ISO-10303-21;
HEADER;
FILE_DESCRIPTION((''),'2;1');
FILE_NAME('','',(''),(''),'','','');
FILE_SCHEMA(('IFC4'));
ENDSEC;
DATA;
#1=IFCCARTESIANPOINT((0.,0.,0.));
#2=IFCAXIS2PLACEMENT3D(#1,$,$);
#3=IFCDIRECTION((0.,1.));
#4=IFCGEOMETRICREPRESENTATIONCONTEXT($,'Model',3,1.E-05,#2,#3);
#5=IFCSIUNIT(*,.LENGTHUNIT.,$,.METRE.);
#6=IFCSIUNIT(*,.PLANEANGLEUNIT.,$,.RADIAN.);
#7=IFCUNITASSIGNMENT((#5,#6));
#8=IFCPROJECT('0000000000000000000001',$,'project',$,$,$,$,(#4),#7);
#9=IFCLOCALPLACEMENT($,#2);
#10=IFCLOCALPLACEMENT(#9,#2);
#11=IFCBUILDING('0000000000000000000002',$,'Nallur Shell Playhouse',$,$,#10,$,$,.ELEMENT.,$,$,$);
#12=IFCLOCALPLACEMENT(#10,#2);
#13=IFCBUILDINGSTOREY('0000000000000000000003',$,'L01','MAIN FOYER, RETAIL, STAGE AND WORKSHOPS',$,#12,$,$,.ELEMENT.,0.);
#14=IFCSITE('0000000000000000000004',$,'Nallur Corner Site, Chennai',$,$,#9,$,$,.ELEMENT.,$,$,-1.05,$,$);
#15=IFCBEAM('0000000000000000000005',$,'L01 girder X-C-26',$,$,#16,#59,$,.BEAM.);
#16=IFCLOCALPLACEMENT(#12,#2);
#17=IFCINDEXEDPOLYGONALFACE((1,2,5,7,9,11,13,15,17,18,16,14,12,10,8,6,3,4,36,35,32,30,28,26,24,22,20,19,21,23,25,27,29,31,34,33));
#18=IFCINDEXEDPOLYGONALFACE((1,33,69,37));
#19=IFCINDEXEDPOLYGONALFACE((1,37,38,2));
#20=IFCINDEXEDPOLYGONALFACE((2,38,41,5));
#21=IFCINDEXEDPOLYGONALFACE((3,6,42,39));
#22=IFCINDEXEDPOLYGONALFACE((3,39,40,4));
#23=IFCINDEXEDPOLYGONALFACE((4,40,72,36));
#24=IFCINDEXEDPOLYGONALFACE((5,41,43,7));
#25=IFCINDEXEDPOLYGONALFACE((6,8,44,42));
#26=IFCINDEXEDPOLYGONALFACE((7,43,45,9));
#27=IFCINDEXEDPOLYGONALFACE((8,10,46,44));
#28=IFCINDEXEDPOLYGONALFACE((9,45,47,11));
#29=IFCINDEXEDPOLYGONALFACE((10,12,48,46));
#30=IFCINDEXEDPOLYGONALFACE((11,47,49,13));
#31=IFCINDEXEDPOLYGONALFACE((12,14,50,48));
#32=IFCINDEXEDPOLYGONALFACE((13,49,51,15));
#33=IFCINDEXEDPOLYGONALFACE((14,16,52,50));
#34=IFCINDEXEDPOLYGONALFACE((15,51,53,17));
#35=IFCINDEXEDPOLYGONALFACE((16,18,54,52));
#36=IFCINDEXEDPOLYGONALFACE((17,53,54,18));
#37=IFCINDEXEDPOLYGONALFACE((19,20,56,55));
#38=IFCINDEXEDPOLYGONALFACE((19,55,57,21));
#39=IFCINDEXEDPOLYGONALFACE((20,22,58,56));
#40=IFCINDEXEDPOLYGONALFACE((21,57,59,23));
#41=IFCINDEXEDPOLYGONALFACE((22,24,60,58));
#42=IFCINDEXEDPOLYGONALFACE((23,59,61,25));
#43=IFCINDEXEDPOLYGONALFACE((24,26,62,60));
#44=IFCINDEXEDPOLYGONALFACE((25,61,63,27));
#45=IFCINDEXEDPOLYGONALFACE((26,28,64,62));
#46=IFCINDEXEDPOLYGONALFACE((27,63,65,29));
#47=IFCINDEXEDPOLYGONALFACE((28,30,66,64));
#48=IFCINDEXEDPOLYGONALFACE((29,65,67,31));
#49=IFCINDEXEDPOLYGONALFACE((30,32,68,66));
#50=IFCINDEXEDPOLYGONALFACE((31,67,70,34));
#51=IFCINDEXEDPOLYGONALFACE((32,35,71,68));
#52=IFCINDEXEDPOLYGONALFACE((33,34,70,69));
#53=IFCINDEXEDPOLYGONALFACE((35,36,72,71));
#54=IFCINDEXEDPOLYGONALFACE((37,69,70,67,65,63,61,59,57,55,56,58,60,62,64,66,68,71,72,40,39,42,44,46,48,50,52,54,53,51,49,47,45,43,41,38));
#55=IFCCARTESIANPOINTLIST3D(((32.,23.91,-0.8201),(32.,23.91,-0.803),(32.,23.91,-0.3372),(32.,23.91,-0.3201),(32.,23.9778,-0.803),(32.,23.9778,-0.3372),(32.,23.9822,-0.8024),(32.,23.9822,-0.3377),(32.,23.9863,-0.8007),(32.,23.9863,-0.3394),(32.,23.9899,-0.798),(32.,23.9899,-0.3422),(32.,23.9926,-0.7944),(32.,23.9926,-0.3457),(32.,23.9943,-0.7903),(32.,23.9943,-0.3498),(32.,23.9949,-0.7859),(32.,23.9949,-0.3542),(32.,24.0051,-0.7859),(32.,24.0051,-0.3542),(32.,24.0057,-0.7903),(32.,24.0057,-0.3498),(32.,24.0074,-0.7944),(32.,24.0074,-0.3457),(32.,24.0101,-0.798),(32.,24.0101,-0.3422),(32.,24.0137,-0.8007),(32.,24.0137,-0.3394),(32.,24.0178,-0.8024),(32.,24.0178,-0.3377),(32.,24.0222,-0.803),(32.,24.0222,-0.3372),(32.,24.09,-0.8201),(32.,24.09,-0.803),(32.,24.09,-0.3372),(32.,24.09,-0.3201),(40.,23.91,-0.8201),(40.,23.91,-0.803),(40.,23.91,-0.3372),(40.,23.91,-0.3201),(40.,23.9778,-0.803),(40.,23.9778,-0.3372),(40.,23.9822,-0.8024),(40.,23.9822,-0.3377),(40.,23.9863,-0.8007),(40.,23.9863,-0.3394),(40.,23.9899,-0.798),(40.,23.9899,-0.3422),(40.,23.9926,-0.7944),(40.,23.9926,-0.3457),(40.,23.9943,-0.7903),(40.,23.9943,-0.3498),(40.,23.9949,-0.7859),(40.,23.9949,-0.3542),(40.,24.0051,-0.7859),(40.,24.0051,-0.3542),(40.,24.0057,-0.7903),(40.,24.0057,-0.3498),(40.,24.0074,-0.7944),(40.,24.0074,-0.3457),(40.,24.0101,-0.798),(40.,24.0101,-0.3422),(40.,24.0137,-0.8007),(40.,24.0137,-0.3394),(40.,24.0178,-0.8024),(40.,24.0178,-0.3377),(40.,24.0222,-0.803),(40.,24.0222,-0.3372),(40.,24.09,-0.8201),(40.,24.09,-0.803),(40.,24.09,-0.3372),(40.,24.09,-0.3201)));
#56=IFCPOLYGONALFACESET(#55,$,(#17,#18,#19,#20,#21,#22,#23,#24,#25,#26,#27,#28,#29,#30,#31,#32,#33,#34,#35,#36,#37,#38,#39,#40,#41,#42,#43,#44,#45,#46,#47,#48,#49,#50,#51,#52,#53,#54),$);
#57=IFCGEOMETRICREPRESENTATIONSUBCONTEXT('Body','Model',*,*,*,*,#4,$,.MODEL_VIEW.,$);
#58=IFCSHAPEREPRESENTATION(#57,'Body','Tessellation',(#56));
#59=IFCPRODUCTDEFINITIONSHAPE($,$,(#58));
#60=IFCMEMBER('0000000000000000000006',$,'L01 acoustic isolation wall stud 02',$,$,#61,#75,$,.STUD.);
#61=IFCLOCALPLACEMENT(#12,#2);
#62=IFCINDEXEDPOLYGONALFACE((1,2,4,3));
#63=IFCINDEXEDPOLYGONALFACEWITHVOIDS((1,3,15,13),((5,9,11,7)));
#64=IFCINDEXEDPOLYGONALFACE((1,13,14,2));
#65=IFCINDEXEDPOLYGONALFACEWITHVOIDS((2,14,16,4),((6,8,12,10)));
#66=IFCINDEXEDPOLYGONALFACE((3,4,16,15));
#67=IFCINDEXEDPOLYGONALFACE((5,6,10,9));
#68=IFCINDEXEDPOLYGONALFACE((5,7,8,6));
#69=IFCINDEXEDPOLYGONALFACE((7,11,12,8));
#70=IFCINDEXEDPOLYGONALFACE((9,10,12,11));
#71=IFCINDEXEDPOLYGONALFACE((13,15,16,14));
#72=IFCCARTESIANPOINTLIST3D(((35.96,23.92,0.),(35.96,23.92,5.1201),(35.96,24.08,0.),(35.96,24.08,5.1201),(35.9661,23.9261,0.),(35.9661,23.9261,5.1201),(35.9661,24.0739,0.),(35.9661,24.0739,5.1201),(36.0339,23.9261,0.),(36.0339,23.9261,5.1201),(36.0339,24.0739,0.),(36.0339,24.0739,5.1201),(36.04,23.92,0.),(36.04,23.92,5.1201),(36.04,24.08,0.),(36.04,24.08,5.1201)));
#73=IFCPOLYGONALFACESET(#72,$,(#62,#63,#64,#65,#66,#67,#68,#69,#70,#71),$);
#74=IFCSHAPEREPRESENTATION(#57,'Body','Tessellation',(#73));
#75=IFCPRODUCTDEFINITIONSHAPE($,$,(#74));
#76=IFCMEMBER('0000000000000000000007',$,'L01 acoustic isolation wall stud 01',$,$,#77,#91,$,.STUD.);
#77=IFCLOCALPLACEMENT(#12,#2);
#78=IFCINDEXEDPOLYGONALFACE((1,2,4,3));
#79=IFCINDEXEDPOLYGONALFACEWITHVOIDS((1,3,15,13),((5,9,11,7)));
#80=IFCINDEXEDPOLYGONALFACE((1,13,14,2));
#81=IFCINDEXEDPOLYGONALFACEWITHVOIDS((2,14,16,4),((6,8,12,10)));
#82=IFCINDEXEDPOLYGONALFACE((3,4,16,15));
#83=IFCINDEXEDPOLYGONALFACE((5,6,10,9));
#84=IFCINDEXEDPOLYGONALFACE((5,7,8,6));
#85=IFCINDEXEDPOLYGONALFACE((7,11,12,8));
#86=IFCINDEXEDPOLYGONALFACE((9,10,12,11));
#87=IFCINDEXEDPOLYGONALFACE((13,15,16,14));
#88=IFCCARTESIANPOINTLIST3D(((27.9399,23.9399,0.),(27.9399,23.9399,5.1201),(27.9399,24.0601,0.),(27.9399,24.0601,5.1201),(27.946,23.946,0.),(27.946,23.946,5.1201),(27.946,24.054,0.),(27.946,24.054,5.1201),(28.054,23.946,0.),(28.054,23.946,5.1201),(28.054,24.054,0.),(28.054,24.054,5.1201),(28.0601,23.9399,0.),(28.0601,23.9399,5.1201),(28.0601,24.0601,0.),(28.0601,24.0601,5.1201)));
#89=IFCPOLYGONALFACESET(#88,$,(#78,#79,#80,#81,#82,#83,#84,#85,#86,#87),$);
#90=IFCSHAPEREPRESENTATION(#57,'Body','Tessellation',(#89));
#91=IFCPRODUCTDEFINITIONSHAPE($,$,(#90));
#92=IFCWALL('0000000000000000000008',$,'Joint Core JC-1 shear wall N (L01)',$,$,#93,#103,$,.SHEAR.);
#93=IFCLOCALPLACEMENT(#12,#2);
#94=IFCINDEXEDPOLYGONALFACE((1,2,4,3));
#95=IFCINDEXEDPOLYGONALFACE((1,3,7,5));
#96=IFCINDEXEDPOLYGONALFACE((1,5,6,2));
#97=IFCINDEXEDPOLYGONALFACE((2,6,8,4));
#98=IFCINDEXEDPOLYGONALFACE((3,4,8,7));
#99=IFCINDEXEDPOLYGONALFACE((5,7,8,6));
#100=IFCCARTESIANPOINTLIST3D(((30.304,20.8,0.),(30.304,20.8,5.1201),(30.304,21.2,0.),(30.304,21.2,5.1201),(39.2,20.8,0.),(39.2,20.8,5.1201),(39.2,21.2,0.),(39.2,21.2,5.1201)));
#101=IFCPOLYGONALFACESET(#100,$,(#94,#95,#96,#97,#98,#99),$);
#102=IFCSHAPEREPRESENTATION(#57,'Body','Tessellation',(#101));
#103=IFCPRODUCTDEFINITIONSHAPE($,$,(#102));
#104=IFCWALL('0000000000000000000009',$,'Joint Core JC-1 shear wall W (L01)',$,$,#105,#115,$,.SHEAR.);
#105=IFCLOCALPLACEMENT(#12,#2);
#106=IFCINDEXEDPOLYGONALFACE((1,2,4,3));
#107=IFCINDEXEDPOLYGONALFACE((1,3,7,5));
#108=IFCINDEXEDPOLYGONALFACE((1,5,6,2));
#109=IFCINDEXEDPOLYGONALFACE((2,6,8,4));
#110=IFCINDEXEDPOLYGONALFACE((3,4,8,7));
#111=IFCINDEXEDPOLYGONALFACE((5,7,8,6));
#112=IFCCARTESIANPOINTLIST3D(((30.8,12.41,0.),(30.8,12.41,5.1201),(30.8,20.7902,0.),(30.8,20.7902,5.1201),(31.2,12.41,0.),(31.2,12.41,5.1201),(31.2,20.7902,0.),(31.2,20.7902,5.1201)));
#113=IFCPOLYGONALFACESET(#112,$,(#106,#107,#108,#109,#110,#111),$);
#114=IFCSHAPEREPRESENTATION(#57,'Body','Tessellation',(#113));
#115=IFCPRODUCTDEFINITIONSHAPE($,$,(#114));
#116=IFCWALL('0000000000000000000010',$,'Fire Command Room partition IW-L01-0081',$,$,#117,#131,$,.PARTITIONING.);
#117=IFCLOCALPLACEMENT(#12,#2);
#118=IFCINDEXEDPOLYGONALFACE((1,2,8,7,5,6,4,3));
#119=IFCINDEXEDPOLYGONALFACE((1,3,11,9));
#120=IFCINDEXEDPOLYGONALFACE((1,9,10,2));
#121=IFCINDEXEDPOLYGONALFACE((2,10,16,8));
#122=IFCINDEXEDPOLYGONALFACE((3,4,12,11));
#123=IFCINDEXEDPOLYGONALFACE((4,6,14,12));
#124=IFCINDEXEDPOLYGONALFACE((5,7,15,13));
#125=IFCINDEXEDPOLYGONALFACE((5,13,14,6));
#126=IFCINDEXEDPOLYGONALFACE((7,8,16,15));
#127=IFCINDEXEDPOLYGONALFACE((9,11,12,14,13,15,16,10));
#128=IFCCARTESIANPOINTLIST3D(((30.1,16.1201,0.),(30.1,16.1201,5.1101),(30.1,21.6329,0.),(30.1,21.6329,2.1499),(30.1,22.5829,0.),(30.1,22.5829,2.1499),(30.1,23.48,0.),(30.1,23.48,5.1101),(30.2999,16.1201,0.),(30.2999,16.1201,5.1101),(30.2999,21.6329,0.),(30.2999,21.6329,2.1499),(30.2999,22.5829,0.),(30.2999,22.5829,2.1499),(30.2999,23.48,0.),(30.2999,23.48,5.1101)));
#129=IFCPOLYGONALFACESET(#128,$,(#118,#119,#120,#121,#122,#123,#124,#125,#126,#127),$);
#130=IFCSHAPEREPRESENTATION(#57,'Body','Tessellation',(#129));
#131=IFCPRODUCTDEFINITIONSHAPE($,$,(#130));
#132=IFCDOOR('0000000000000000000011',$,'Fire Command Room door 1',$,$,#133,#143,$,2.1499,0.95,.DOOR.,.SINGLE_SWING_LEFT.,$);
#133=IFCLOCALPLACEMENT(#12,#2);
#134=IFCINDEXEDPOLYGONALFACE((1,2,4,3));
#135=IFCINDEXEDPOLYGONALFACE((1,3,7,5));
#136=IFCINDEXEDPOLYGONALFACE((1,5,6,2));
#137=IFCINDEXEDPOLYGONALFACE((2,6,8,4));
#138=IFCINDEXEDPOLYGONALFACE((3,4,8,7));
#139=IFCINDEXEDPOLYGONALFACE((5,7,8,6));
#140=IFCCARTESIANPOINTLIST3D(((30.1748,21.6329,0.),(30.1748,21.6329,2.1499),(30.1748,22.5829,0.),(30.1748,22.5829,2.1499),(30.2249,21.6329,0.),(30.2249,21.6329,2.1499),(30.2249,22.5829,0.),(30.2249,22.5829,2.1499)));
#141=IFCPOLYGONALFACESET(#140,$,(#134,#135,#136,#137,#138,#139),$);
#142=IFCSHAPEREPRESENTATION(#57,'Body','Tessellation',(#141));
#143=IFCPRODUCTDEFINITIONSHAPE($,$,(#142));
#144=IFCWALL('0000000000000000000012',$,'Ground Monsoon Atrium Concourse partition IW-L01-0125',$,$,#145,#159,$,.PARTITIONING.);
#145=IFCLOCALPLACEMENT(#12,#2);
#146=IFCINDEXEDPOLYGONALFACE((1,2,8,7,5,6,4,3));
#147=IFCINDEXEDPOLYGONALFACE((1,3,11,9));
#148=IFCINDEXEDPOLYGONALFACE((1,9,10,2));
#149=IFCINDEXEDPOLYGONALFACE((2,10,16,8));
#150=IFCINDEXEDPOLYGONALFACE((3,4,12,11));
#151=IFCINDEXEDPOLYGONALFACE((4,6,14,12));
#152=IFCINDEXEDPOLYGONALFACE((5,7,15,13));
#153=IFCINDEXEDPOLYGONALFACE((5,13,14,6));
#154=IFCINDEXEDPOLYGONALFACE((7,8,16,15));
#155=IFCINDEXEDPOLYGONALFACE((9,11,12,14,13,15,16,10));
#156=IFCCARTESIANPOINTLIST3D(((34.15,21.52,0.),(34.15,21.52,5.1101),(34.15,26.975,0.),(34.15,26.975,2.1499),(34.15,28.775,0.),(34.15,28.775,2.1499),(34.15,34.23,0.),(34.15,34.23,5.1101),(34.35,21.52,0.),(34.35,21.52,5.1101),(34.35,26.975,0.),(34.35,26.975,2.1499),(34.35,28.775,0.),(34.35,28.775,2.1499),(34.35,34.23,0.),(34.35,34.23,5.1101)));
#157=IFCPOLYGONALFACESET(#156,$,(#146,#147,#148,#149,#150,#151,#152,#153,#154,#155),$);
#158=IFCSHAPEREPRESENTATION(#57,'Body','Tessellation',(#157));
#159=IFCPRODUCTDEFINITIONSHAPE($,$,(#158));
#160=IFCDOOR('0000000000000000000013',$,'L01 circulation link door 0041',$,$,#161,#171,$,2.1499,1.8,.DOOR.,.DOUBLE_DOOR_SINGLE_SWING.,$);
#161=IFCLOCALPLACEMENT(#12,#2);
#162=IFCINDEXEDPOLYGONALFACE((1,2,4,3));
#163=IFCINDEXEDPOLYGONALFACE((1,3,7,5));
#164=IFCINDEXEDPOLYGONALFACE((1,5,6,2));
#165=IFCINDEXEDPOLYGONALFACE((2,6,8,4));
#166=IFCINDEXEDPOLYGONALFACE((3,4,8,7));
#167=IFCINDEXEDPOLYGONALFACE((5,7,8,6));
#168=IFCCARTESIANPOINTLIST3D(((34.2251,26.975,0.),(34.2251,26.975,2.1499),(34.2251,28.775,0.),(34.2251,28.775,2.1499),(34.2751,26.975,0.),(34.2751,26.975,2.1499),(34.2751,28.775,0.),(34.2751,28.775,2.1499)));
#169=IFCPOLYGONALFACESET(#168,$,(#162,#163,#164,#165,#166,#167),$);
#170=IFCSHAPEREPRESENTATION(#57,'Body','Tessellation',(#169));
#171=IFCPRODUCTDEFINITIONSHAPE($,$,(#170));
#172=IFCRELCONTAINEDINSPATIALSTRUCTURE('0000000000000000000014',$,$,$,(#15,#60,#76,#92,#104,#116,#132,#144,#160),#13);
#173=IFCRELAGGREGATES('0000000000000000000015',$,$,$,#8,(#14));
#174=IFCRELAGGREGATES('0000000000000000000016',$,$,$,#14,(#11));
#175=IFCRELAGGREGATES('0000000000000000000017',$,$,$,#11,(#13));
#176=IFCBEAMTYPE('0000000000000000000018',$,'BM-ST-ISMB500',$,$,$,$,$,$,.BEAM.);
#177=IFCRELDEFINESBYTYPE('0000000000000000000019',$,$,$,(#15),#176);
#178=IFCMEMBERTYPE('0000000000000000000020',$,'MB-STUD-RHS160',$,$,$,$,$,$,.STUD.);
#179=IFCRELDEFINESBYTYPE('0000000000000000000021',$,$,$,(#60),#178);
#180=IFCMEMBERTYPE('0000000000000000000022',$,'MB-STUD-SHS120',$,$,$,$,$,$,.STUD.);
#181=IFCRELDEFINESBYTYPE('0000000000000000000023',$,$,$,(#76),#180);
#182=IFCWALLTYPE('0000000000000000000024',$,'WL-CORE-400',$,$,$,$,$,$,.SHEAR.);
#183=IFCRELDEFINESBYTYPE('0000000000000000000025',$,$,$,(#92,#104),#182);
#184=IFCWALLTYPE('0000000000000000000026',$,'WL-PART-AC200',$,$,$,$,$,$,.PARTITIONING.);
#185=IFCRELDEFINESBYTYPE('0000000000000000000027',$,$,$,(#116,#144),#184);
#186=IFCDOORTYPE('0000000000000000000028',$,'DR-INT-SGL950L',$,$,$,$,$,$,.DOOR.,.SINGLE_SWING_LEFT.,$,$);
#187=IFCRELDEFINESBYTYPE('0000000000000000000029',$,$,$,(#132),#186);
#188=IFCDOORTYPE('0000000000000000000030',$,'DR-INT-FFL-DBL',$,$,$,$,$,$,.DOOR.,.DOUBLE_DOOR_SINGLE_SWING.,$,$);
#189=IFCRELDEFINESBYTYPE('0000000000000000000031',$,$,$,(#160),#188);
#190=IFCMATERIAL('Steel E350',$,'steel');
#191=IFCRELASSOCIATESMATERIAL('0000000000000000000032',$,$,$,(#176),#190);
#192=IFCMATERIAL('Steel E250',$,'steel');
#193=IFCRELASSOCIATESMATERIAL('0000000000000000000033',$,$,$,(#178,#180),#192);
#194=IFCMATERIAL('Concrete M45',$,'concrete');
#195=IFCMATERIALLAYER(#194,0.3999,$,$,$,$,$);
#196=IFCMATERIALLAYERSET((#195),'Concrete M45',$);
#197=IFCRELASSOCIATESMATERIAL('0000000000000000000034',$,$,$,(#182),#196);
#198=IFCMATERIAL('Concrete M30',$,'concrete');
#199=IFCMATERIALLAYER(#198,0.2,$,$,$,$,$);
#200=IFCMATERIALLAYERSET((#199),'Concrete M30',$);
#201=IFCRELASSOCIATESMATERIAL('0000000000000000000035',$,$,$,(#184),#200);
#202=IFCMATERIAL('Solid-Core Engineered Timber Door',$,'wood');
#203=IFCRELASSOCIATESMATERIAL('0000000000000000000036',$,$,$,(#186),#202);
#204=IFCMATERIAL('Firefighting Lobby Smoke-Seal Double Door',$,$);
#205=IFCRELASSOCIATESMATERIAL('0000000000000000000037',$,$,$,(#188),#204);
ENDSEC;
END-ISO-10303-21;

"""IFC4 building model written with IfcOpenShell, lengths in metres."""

from ifc_helpers import new_model, si_unit, direction, frame, frame_2d, origin, origin_2d, place, context, subcontext, project, spatial, rectangle, hollow_rectangle, i_section, extrude, material, layer, layer_set, material_profile, profile_set, type_object, element, fill, save


model = new_model("IFC4")

# Units and contexts
model_context = context("Model", 3, precision=1e-05, world=origin(), true_north=direction((0.0, 1.0)))
body_context = subcontext(model_context, "Body", "Model", "MODEL_VIEW")
ifc_project = project(units=[si_unit("LENGTHUNIT", "METRE"), si_unit("PLANEANGLEUNIT", "RADIAN")], contexts=[model_context])

# Site, building, storey
site_placement = place(None, origin())
site = spatial("IfcSite", under=ifc_project, at=site_placement, Name="Nallur Corner Site, Chennai", CompositionType="ELEMENT", RefElevation=-1.05)
building_placement = place(site_placement, origin())
building = spatial("IfcBuilding", under=site, at=building_placement, Name="Nallur Shell Playhouse", CompositionType="ELEMENT")
storey_placement = place(building_placement, origin())
storey = spatial("IfcBuildingStorey", under=building, at=storey_placement, Name="L01", Description="MAIN FOYER, RETAIL, STAGE AND WORKSHOPS", CompositionType="ELEMENT", Elevation=0.0)

# Shared definitions
ifc_material_1 = material(Name="Steel E350", Category="steel")

# Beam
ifc_material_profile_1 = material_profile(ifc_material_1, i_section(OverallWidth=0.1799, OverallDepth=0.5, WebThickness=0.0103, FlangeThickness=0.0171, FilletRadius=0.0171, at=origin_2d()), Name="ISMB 500")
ifc_profile_set_1 = profile_set([ifc_material_profile_1], Name="Steel E350")
beam_type_1 = type_object("IfcBeamType", Name="BM-ST-ISMB500", PredefinedType="BEAM", material=ifc_profile_set_1)
beam_1_placement = place(storey_placement, frame((32.0, 24.0, -0.5701), z_axis=(1.0, 0.0, 0.0), x_axis=(0.0, 1.0, 0.0)))
element("IfcBeam", 1, at=beam_1_placement, inside=storey, type_object=beam_type_1, Name="L01 girder X-C-26", PredefinedType="BEAM", context=body_context, shape_type="SweptSolid", body=[
    extrude(i_section(OverallWidth=0.1799, OverallDepth=0.5, WebThickness=0.0103, FlangeThickness=0.0171, FilletRadius=0.0171, at=origin_2d()), origin(), (0.0, 0.0, 1.0), 8.0),
])

# Members
ifc_material_2 = material(Name="Steel E250", Category="steel")
ifc_material_profile_2 = material_profile(ifc_material_2, hollow_rectangle(XDim=0.0801, YDim=0.1599, WallThickness=0.0061, at=origin_2d()), Name="RHS 160x80x6")
ifc_profile_set_2 = profile_set([ifc_material_profile_2], Name="Steel E250")
member_type_1 = type_object("IfcMemberType", Name="MB-STUD-RHS160", PredefinedType="STUD", material=ifc_profile_set_2)
member_1_placement = place(storey_placement, frame((36.0, 24.0, 0.0), z_axis=(0.0, 0.0, 1.0), x_axis=(1.0, 0.0, 0.0)))
element("IfcMember", 2, at=member_1_placement, inside=storey, type_object=member_type_1, Name="L01 acoustic isolation wall stud 02", PredefinedType="STUD", context=body_context, shape_type="SweptSolid", body=[
    extrude(hollow_rectangle(XDim=0.0801, YDim=0.1599, WallThickness=0.0061, at=origin_2d()), origin(), (0.0, 0.0, 1.0), 5.1201),
])
ifc_material_profile_3 = material_profile(ifc_material_2, hollow_rectangle(XDim=0.1201, YDim=0.1201, WallThickness=0.0061, at=origin_2d()), Name="SHS 120x120x6")
ifc_profile_set_3 = profile_set([ifc_material_profile_3], Name="Steel E250")
member_type_2 = type_object("IfcMemberType", Name="MB-STUD-SHS120", PredefinedType="STUD", material=ifc_profile_set_3)
member_2_placement = place(storey_placement, frame((28.0, 24.0, 0.0), z_axis=(0.0, 0.0, 1.0), x_axis=(1.0, 0.0, 0.0)))
element("IfcMember", 3, at=member_2_placement, inside=storey, type_object=member_type_2, Name="L01 acoustic isolation wall stud 01", PredefinedType="STUD", context=body_context, shape_type="SweptSolid", body=[
    extrude(hollow_rectangle(XDim=0.1201, YDim=0.1201, WallThickness=0.0061, at=origin_2d()), origin(), (0.0, 0.0, 1.0), 5.1201),
])

# Walls
ifc_material_3 = material(Name="Concrete M45", Category="concrete")
ifc_layer_1 = layer(ifc_material_3, 0.3999)
ifc_layer_set_1 = layer_set([ifc_layer_1], Name="Concrete M45")
wall_type_1 = type_object("IfcWallType", Name="WL-CORE-400", PredefinedType="SHEAR", material=ifc_layer_set_1)
wall_1_placement = place(storey_placement, frame((39.2, 21.0, 0.0), z_axis=(0.0, 0.0, 1.0), x_axis=(-1.0, 0.0, 0.0)))
element("IfcWall", 4, at=wall_1_placement, inside=storey, type_object=wall_type_1, Name="Joint Core JC-1 shear wall N (L01)", PredefinedType="SHEAR", context=body_context, shape_type="SweptSolid", body=[
    extrude(rectangle(XDim=8.896, YDim=0.3999, at=frame_2d((4.448, 0.0))), origin(), (0.0, 0.0, 1.0), 5.1201),
])
wall_2_placement = place(storey_placement, frame((31.0, 20.79, 0.0), z_axis=(0.0, 0.0, 1.0), x_axis=(0.0, -1.0, 0.0)))
element("IfcWall", 5, at=wall_2_placement, inside=storey, type_object=wall_type_1, Name="Joint Core JC-1 shear wall W (L01)", PredefinedType="SHEAR", context=body_context, shape_type="SweptSolid", body=[
    extrude(rectangle(XDim=8.3801, YDim=0.3999, at=frame_2d((4.1899, 0.0))), origin(), (0.0, 0.0, 1.0), 5.1201),
])

# Walls, openings, doors
ifc_material_4 = material(Name="Concrete M30", Category="concrete")
ifc_layer_2 = layer(ifc_material_4, 0.2)
ifc_layer_set_2 = layer_set([ifc_layer_2], Name="Concrete M30")
wall_type_2 = type_object("IfcWallType", Name="WL-PART-AC200", PredefinedType="PARTITIONING", material=ifc_layer_set_2)
wall_3_placement = place(storey_placement, frame((30.2, 23.48, 0.0), z_axis=(0.0, 0.0, 1.0), x_axis=(0.0, -1.0, 0.0)))
wall_3 = element("IfcWall", 6, at=wall_3_placement, inside=storey, type_object=wall_type_2, Name="Fire Command Room partition IW-L01-0081", PredefinedType="PARTITIONING", context=body_context, shape_type="SweptSolid", body=[
    extrude(rectangle(XDim=7.3599, YDim=0.2, at=frame_2d((3.6799, 0.0))), origin(), (0.0, 0.0, 1.0), 5.1101),
])
opening_1_placement = place(wall_3_placement, frame((0.897, 0.0, 0.0)))
opening_1 = element("IfcOpeningElement", 7, at=opening_1_placement, cuts=wall_3, PredefinedType="OPENING", context=body_context, shape_type="SweptSolid", body=[
    extrude(rectangle(XDim=0.95, YDim=2.1499, at=frame_2d((0.4751, 1.075))), frame((0.0, 0.1099, 0.0), z_axis=(0.0, -1.0, 0.0), x_axis=(1.0, 0.0, 0.0)), (0.0, 0.0, 1.0), 0.22),
])
ifc_material_5 = material(Name="Solid-Core Engineered Timber Door", Category="wood")
door_type_1 = type_object("IfcDoorType", Name="DR-INT-SGL950L", OperationType="SINGLE_SWING_LEFT", PredefinedType="DOOR", material=ifc_material_5)
door_1_placement = place(opening_1_placement, origin())
door_1 = element("IfcDoor", 8, at=door_1_placement, inside=storey, type_object=door_type_1, Name="Fire Command Room door 1", OperationType="SINGLE_SWING_LEFT", OverallHeight=2.1499, OverallWidth=0.95, PredefinedType="DOOR", context=body_context, shape_type="SweptSolid", body=[
    extrude(rectangle(XDim=0.95, YDim=2.1499, at=frame_2d((0.4751, 1.075))), frame((0.0, 0.0249, 0.0), z_axis=(0.0, -1.0, 0.0), x_axis=(1.0, 0.0, 0.0)), (0.0, 0.0, 1.0), 0.05),
])
fill(opening_1, door_1)
wall_4_placement = place(storey_placement, frame((34.25, 21.52, 0.0), z_axis=(0.0, 0.0, 1.0), x_axis=(0.0, 1.0, 0.0)))
wall_4 = element("IfcWall", 9, at=wall_4_placement, inside=storey, type_object=wall_type_2, Name="Ground Monsoon Atrium Concourse partition IW-L01-0125", PredefinedType="PARTITIONING", context=body_context, shape_type="SweptSolid", body=[
    extrude(rectangle(XDim=12.71, YDim=0.2, at=frame_2d((6.355, 0.0))), origin(), (0.0, 0.0, 1.0), 5.1101),
])
opening_2_placement = place(wall_4_placement, frame((5.4551, 0.0, 0.0)))
opening_2 = element("IfcOpeningElement", 10, at=opening_2_placement, cuts=wall_4, PredefinedType="OPENING", context=body_context, shape_type="SweptSolid", body=[
    extrude(rectangle(XDim=1.8, YDim=2.1499, at=frame_2d((0.8999, 1.075))), frame((0.0, 0.1099, 0.0), z_axis=(0.0, -1.0, 0.0), x_axis=(1.0, 0.0, 0.0)), (0.0, 0.0, 1.0), 0.22),
])
ifc_material_6 = material(Name="Firefighting Lobby Smoke-Seal Double Door")
door_type_2 = type_object("IfcDoorType", Name="DR-INT-FFL-DBL", OperationType="DOUBLE_DOOR_SINGLE_SWING", PredefinedType="DOOR", material=ifc_material_6)
door_2_placement = place(opening_2_placement, origin())
door_2 = element("IfcDoor", 11, at=door_2_placement, inside=storey, type_object=door_type_2, Name="L01 circulation link door 0041", OperationType="DOUBLE_DOOR_SINGLE_SWING", OverallHeight=2.1499, OverallWidth=1.8, PredefinedType="DOOR", context=body_context, shape_type="SweptSolid", body=[
    extrude(rectangle(XDim=1.8, YDim=2.1499, at=frame_2d((0.8999, 1.075))), frame((0.0, 0.0249, 0.0), z_axis=(0.0, -1.0, 0.0), x_axis=(1.0, 0.0, 0.0)), (0.0, 0.0, 1.0), 0.05),
])
fill(opening_2, door_2)

save(model, "model.ifc")
